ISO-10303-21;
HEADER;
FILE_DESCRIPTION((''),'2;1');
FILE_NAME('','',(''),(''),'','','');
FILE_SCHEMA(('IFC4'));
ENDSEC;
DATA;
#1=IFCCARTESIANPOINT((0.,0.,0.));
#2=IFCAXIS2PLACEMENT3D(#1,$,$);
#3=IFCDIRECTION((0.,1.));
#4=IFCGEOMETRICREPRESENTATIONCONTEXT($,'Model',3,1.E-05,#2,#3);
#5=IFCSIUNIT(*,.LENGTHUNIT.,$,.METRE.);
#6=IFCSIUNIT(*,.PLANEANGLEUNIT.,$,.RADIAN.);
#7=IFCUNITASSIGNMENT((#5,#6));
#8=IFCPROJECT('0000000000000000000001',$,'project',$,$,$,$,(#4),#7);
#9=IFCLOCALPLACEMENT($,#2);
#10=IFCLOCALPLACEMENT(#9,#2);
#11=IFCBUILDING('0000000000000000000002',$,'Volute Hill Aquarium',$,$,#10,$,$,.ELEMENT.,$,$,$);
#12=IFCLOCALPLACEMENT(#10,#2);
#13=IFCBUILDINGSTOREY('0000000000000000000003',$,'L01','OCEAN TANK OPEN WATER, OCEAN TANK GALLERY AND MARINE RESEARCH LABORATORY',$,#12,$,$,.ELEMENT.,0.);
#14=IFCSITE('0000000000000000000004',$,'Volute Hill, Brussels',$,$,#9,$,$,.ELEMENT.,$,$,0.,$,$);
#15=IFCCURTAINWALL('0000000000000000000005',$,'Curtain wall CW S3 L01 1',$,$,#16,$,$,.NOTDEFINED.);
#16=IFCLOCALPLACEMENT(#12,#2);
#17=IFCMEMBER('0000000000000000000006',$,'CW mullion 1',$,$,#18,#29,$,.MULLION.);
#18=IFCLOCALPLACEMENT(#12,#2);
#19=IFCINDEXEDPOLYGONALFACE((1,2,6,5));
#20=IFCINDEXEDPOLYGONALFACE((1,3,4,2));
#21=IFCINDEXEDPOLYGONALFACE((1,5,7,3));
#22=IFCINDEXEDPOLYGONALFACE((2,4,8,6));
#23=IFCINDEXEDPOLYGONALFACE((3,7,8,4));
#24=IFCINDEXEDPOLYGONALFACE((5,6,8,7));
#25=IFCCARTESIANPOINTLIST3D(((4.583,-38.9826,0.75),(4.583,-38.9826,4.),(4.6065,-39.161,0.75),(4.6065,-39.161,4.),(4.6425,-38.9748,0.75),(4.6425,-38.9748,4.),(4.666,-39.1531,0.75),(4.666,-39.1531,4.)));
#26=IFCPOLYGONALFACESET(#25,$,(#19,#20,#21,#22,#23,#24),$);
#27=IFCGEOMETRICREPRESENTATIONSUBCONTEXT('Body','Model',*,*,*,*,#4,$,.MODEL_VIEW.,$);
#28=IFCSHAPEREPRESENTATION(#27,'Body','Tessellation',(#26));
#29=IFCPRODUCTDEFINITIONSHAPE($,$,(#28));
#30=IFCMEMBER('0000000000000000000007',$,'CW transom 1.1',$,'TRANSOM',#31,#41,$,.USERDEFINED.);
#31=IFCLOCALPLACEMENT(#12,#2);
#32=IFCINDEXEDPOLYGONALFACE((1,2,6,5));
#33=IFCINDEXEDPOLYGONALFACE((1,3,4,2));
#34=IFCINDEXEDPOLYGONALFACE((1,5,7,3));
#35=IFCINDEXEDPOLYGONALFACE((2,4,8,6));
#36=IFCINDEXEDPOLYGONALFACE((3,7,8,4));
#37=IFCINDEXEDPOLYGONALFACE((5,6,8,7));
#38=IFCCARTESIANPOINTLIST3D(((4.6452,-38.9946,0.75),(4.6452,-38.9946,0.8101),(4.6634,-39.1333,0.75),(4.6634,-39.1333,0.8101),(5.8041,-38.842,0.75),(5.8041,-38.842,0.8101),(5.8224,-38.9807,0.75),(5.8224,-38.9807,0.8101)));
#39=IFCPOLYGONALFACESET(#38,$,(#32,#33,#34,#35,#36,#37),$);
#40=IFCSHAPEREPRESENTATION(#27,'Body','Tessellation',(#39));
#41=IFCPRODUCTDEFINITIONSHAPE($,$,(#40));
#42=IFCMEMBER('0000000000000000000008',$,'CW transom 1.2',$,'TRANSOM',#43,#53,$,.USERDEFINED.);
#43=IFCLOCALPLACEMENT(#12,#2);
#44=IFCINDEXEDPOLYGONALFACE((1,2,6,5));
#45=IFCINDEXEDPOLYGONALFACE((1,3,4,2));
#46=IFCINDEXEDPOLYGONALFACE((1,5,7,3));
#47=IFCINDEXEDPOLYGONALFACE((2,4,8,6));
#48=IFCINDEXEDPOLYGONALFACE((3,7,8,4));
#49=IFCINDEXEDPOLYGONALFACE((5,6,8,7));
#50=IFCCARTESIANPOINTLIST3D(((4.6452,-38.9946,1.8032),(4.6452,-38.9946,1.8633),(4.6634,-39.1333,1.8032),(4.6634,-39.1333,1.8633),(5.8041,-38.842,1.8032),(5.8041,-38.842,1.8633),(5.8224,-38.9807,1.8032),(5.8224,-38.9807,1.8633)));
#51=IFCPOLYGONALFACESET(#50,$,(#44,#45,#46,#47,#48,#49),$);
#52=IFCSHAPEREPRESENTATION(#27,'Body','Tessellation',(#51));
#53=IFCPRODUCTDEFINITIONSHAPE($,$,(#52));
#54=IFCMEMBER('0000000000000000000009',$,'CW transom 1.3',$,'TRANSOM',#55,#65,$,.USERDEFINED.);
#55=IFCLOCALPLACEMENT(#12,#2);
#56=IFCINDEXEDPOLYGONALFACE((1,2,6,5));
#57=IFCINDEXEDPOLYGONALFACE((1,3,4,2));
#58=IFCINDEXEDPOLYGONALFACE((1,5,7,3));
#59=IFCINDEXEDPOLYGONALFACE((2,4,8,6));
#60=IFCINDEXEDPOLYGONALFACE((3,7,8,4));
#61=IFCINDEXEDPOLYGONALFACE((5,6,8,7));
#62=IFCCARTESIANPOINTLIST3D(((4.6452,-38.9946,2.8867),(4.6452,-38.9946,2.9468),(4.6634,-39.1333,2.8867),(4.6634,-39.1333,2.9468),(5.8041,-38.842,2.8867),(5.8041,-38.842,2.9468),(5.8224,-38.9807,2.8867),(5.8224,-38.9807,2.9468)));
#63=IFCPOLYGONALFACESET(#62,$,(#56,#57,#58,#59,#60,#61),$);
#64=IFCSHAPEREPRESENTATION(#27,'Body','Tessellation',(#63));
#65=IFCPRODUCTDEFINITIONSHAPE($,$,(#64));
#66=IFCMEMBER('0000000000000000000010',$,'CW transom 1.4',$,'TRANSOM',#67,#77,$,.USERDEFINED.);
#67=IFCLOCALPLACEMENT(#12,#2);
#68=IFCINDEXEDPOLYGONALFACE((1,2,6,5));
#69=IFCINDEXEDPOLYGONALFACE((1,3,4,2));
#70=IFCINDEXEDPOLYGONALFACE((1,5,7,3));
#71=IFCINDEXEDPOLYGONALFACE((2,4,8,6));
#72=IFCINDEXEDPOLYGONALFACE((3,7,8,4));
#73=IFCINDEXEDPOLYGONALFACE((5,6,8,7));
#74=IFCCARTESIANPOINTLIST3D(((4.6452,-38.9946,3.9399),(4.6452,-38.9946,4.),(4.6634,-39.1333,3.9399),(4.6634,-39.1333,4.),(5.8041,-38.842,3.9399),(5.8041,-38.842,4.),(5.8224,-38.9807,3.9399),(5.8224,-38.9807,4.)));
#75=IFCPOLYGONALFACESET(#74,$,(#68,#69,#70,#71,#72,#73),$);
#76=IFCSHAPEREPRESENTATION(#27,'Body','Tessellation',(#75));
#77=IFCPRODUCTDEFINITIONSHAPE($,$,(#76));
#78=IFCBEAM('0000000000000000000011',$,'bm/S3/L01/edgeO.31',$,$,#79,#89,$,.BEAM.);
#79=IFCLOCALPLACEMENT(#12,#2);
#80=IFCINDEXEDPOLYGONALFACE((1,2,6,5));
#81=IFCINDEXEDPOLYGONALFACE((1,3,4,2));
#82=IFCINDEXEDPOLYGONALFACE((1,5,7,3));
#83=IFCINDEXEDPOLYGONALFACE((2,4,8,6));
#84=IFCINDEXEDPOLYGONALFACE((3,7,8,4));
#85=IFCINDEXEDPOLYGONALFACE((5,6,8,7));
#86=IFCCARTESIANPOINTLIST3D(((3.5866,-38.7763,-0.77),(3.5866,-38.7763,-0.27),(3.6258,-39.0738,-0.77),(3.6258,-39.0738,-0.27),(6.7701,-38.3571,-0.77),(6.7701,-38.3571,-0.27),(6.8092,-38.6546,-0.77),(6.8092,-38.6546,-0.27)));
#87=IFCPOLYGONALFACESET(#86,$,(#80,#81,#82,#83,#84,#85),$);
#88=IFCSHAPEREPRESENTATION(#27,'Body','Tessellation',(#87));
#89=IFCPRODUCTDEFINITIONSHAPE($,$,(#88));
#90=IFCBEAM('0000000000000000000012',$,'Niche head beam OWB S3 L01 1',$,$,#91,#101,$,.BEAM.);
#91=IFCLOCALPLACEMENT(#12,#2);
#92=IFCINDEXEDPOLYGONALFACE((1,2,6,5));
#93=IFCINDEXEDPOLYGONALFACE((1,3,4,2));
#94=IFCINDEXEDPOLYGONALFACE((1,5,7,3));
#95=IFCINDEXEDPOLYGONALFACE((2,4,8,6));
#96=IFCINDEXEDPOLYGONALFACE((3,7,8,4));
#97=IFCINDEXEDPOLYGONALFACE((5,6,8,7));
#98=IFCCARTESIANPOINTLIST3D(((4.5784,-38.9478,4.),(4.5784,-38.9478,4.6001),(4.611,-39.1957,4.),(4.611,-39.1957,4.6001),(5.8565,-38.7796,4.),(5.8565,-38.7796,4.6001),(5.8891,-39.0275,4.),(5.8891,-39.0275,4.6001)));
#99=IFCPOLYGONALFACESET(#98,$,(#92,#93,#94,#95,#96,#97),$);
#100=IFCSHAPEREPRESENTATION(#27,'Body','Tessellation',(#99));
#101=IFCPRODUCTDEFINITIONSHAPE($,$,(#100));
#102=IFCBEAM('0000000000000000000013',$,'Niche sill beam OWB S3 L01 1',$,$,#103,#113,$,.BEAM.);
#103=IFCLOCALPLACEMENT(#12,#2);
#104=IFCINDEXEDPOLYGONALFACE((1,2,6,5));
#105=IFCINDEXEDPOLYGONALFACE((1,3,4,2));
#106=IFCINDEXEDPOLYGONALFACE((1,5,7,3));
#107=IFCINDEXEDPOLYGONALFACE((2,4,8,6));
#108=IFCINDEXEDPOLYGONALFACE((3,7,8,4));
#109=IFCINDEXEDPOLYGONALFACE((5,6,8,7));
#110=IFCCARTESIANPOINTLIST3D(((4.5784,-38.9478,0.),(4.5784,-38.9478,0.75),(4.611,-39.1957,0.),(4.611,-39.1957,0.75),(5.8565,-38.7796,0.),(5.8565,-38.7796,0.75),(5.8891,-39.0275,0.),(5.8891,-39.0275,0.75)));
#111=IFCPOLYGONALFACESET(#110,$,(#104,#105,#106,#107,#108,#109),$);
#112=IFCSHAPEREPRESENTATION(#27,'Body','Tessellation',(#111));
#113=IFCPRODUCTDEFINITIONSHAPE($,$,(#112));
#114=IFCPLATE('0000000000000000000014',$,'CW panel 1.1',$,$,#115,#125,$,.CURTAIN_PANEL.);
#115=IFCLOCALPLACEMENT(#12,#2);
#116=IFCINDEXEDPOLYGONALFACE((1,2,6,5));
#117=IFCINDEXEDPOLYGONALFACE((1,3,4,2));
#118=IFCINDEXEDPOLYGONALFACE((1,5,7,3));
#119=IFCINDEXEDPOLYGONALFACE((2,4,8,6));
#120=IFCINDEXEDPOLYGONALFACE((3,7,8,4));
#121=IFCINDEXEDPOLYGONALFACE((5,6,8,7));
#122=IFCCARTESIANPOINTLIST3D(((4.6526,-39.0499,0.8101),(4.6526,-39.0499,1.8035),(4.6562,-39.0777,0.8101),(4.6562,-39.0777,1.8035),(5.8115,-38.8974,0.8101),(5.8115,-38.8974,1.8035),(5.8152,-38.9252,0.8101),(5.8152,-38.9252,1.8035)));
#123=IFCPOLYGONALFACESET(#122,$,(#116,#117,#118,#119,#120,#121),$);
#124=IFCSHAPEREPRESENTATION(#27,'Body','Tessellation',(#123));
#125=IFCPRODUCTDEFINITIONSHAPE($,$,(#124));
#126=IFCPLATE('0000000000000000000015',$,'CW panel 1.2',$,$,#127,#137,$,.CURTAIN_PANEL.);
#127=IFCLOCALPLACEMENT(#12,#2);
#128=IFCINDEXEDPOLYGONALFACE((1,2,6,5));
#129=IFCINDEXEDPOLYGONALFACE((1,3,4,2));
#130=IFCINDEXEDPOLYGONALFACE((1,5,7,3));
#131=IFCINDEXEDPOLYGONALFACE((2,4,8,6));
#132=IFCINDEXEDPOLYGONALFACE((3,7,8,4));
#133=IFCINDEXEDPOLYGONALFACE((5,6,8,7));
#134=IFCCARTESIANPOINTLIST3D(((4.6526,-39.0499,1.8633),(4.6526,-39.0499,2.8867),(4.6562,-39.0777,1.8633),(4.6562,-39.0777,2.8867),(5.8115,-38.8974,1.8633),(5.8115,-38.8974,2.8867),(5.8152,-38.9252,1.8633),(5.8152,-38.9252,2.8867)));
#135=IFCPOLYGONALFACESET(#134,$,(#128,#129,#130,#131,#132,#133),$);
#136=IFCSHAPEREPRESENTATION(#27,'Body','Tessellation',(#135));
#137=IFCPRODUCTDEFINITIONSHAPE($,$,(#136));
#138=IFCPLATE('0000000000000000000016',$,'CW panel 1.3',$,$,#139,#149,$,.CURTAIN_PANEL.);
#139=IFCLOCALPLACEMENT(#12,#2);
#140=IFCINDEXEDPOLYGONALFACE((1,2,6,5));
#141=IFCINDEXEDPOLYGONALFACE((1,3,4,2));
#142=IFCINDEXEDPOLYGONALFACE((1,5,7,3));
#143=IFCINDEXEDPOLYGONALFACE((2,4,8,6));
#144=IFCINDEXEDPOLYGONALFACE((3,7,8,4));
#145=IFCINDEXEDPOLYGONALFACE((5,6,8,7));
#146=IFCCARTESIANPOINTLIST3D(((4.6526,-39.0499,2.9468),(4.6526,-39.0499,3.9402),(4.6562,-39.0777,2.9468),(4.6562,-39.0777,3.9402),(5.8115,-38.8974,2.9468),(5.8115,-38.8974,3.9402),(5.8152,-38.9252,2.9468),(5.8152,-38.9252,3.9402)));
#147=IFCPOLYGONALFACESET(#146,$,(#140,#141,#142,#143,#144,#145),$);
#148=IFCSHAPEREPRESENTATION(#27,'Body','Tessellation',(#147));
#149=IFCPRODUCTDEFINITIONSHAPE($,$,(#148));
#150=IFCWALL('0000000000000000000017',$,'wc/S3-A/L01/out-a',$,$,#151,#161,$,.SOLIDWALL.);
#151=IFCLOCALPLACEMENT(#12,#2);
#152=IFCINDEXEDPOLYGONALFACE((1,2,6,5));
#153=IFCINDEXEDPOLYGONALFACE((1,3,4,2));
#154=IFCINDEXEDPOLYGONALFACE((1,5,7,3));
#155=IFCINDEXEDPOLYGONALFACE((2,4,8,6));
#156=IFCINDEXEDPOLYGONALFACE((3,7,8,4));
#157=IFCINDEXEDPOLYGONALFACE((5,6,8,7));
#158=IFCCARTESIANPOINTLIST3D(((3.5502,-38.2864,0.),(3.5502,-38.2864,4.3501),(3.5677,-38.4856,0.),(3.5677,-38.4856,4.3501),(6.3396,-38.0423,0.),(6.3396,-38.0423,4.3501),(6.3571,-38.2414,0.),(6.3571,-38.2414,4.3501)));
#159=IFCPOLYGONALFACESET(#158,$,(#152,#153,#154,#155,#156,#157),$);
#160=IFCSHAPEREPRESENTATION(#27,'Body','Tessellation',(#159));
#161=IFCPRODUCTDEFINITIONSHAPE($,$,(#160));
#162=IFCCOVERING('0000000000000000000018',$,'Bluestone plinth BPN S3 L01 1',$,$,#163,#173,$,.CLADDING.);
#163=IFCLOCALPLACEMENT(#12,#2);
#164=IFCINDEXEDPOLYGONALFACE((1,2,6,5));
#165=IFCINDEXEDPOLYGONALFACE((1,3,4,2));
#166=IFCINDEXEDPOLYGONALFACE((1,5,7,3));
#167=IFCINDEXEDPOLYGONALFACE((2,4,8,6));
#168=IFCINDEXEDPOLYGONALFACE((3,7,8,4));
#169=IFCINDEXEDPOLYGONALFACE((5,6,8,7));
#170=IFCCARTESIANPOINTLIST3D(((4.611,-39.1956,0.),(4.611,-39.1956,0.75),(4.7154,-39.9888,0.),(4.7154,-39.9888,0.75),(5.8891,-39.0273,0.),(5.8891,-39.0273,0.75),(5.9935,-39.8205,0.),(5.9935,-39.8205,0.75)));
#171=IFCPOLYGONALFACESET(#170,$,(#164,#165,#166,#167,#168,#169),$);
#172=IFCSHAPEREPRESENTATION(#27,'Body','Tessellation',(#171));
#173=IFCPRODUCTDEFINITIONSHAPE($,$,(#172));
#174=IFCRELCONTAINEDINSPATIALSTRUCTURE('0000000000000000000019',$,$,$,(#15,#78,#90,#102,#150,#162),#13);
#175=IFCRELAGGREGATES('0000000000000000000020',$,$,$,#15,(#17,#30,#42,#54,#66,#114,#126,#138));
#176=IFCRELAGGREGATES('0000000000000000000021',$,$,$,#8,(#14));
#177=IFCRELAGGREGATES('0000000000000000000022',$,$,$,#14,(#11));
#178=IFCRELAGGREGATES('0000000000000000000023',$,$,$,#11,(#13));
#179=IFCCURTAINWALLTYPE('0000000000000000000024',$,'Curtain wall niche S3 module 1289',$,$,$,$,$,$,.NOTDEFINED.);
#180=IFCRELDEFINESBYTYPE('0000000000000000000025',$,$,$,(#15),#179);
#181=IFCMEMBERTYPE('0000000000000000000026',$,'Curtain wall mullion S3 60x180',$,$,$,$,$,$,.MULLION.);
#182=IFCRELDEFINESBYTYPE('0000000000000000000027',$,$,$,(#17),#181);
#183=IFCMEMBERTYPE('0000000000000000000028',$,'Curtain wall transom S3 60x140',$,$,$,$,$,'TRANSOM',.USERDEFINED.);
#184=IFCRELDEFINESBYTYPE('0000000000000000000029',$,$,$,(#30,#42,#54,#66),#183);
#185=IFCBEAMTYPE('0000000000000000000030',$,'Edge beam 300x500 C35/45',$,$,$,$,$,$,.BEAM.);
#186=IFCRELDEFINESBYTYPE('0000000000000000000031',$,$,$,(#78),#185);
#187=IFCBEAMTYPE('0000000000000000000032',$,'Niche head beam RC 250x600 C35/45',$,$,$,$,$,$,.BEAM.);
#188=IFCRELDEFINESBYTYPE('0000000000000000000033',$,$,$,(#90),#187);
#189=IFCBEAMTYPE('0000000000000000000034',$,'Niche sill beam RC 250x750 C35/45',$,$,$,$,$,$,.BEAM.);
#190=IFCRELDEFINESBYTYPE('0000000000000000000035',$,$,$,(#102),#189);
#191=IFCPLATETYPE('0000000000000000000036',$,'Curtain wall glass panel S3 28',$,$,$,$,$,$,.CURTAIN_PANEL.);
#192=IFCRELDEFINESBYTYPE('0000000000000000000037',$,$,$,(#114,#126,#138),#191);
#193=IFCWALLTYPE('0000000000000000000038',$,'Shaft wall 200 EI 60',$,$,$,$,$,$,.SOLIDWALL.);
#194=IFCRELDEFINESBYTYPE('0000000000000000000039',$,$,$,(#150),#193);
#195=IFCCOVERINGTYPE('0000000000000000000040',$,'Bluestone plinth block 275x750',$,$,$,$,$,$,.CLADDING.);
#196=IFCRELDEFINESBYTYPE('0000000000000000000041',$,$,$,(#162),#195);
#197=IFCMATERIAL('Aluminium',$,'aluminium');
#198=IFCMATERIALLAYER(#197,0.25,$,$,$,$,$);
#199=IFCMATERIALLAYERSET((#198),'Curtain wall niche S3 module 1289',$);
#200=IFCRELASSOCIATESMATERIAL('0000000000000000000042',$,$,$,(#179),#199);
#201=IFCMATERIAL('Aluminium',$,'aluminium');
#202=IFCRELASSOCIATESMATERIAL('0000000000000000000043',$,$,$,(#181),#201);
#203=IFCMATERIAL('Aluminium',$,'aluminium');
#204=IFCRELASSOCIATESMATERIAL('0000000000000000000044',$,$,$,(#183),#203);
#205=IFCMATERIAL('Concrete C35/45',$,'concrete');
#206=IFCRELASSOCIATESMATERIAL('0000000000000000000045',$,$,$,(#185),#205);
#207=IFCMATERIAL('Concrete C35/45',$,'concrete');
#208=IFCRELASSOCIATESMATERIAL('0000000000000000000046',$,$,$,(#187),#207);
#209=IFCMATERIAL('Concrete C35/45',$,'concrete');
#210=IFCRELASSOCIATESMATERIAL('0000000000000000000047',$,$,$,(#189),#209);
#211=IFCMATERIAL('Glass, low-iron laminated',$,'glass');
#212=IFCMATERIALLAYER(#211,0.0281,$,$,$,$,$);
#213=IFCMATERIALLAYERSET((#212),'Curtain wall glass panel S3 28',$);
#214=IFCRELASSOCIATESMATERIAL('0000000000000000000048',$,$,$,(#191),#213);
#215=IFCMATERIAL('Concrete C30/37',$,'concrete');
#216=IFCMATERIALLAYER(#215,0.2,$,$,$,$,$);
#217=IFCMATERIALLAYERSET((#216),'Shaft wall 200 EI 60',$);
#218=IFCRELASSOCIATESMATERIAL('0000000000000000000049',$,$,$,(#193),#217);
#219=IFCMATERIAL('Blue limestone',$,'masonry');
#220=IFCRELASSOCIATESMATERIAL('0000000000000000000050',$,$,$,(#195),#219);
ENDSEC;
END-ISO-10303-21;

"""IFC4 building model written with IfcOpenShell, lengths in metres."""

from ifc_helpers import new_model, si_unit, direction, frame, frame_2d, origin, origin_2d, place, context, subcontext, project, spatial, rectangle, extrude, material, layer, layer_set, material_profile, profile_set, type_object, element, aggregate, save


model = new_model("IFC4")

# Units and contexts
model_context = context("Model", 3, precision=1e-05, world=origin(), true_north=direction((0.0, 1.0)))
body_context = subcontext(model_context, "Body", "Model", "MODEL_VIEW")
ifc_project = project(units=[si_unit("LENGTHUNIT", "METRE"), si_unit("PLANEANGLEUNIT", "RADIAN")], contexts=[model_context])

# Site, building, storey
site_placement = place(None, origin())
site = spatial("IfcSite", under=ifc_project, at=site_placement, Name="Volute Hill, Brussels", CompositionType="ELEMENT", RefElevation=0.0)
building_placement = place(site_placement, origin())
building = spatial("IfcBuilding", under=site, at=building_placement, Name="Volute Hill Aquarium", CompositionType="ELEMENT")
storey_placement = place(building_placement, origin())
storey = spatial("IfcBuildingStorey", under=building, at=storey_placement, Name="L01", Description="OCEAN TANK OPEN WATER, OCEAN TANK GALLERY AND MARINE RESEARCH LABORATORY", CompositionType="ELEMENT", Elevation=0.0)

# Curtain wall, members
ifc_material_1 = material(Name="Aluminium", Category="aluminium")
ifc_layer_1 = layer(ifc_material_1, 0.25)
ifc_layer_set_1 = layer_set([ifc_layer_1], Name="Curtain wall niche S3 module 1289")
curtain_wall_type = type_object("IfcCurtainWallType", Name="Curtain wall niche S3 module 1289", PredefinedType="NOTDEFINED", material=ifc_layer_set_1)
curtain_wall_placement = place(storey_placement, origin())
curtain_wall = element("IfcCurtainWall", 1, at=curtain_wall_placement, inside=storey, type_object=curtain_wall_type, Name="Curtain wall CW S3 L01 1", PredefinedType="NOTDEFINED")
ifc_material_2 = material(Name="Aluminium", Category="aluminium")
ifc_material_profile_1 = material_profile(ifc_material_2, rectangle(XDim=0.1799, YDim=0.0601, at=origin_2d()), Name="Curtain wall mullion S3 60x180")
ifc_profile_set_1 = profile_set([ifc_material_profile_1], Name="Aluminium")
member_type_1 = type_object("IfcMemberType", Name="Curtain wall mullion S3 60x180", PredefinedType="MULLION", material=ifc_profile_set_1)
member_1_placement = place(storey_placement, frame((4.6245, -39.0679, 0.75), z_axis=(0.0, 0.0, 1.0), x_axis=(-0.130506, 0.991447, 0.0)))
member_1 = element("IfcMember", 2, at=member_1_placement, type_object=member_type_1, Name="CW mullion 1", PredefinedType="MULLION", context=body_context, shape_type="SweptSolid", body=[
    extrude(rectangle(XDim=0.1799, YDim=0.0601, at=origin_2d()), origin(), (0.0, 0.0, 1.0), 3.25),
])
ifc_material_3 = material(Name="Aluminium", Category="aluminium")
ifc_material_profile_2 = material_profile(ifc_material_3, rectangle(XDim=0.1399, YDim=0.0601, at=origin_2d()), Name="Curtain wall transom S3 60x140")
ifc_profile_set_2 = profile_set([ifc_material_profile_2], Name="Aluminium")
member_type_2 = type_object("IfcMemberType", Name="Curtain wall transom S3 60x140", ElementType="TRANSOM", PredefinedType="USERDEFINED", material=ifc_profile_set_2)
member_2_placement = place(storey_placement, frame((4.6543, -39.064, 0.78), z_axis=(0.991444, 0.130536, 0.0), x_axis=(-0.130536, 0.991444, 0.0)))
member_2 = element("IfcMember", 3, at=member_2_placement, type_object=member_type_2, Name="CW transom 1.1", ObjectType="TRANSOM", PredefinedType="USERDEFINED", context=body_context, shape_type="SweptSolid", body=[
    extrude(rectangle(XDim=0.1399, YDim=0.0601, at=origin_2d()), origin(), (0.0, 0.0, 1.0), 1.1689),
])
member_3_placement = place(storey_placement, frame((4.6543, -39.064, 1.8333), z_axis=(0.991444, 0.130536, 0.0), x_axis=(-0.130536, 0.991444, 0.0)))
member_3 = element("IfcMember", 4, at=member_3_placement, type_object=member_type_2, Name="CW transom 1.2", ObjectType="TRANSOM", PredefinedType="USERDEFINED", context=body_context, shape_type="SweptSolid", body=[
    extrude(rectangle(XDim=0.1399, YDim=0.0601, at=origin_2d()), origin(), (0.0, 0.0, 1.0), 1.1689),
])
member_4_placement = place(storey_placement, frame((4.6543, -39.064, 2.9167), z_axis=(0.991444, 0.130536, 0.0), x_axis=(-0.130536, 0.991444, 0.0)))
member_4 = element("IfcMember", 5, at=member_4_placement, type_object=member_type_2, Name="CW transom 1.3", ObjectType="TRANSOM", PredefinedType="USERDEFINED", context=body_context, shape_type="SweptSolid", body=[
    extrude(rectangle(XDim=0.1399, YDim=0.0601, at=origin_2d()), origin(), (0.0, 0.0, 1.0), 1.1689),
])
member_5_placement = place(storey_placement, frame((4.6543, -39.064, 3.97), z_axis=(0.991444, 0.130536, 0.0), x_axis=(-0.130536, 0.991444, 0.0)))
member_5 = element("IfcMember", 6, at=member_5_placement, type_object=member_type_2, Name="CW transom 1.4", ObjectType="TRANSOM", PredefinedType="USERDEFINED", context=body_context, shape_type="SweptSolid", body=[
    extrude(rectangle(XDim=0.1399, YDim=0.0601, at=origin_2d()), origin(), (0.0, 0.0, 1.0), 1.1689),
])

# Beams
ifc_material_4 = material(Name="Concrete C35/45", Category="concrete")
ifc_material_profile_3 = material_profile(ifc_material_4, rectangle(XDim=0.3, YDim=0.5, at=origin_2d()), Name="RC edge beam 300x500")
ifc_profile_set_3 = profile_set([ifc_material_profile_3], Name="Concrete C35/45")
beam_type_1 = type_object("IfcBeamType", Name="Edge beam 300x500 C35/45", PredefinedType="BEAM", material=ifc_profile_set_3)
beam_1_placement = place(storey_placement, frame((3.6062, -38.925, -0.52), z_axis=(0.991441, 0.130555, 0.0), x_axis=(-0.130555, 0.991441, 0.0)))
element("IfcBeam", 7, at=beam_1_placement, inside=storey, type_object=beam_type_1, Name="bm/S3/L01/edgeO.31", PredefinedType="BEAM", context=body_context, shape_type="SweptSolid", body=[
    extrude(rectangle(XDim=0.3, YDim=0.5, at=origin_2d()), origin(), (0.0, 0.0, 1.0), 3.2109),
])
ifc_material_5 = material(Name="Concrete C35/45", Category="concrete")
ifc_material_profile_4 = material_profile(ifc_material_5, rectangle(XDim=0.25, YDim=0.6001, at=origin_2d()), Name="RC beam 250x600")
ifc_profile_set_4 = profile_set([ifc_material_profile_4], Name="Concrete C35/45")
beam_type_2 = type_object("IfcBeamType", Name="Niche head beam RC 250x600 C35/45", PredefinedType="BEAM", material=ifc_profile_set_4)
beam_2_placement = place(storey_placement, frame((4.5947, -39.0718, 4.3), z_axis=(0.99145, 0.130489, 0.0), x_axis=(-0.130489, 0.99145, 0.0)))
element("IfcBeam", 8, at=beam_2_placement, inside=storey, type_object=beam_type_2, Name="Niche head beam OWB S3 L01 1", PredefinedType="BEAM", context=body_context, shape_type="SweptSolid", body=[
    extrude(rectangle(XDim=0.25, YDim=0.6001, at=origin_2d()), origin(), (0.0, 0.0, 1.0), 1.2891),
])
ifc_material_6 = material(Name="Concrete C35/45", Category="concrete")
ifc_material_profile_5 = material_profile(ifc_material_6, rectangle(XDim=0.25, YDim=0.75, at=origin_2d()), Name="RC beam 250x750")
ifc_profile_set_5 = profile_set([ifc_material_profile_5], Name="Concrete C35/45")
beam_type_3 = type_object("IfcBeamType", Name="Niche sill beam RC 250x750 C35/45", PredefinedType="BEAM", material=ifc_profile_set_5)
beam_3_placement = place(storey_placement, frame((4.5947, -39.0718, 0.375), z_axis=(0.99145, 0.130489, 0.0), x_axis=(-0.130489, 0.99145, 0.0)))
element("IfcBeam", 9, at=beam_3_placement, inside=storey, type_object=beam_type_3, Name="Niche sill beam OWB S3 L01 1", PredefinedType="BEAM", context=body_context, shape_type="SweptSolid", body=[
    extrude(rectangle(XDim=0.25, YDim=0.75, at=origin_2d()), origin(), (0.0, 0.0, 1.0), 1.2891),
])

# Plates
ifc_material_7 = material(Name="Glass, low-iron laminated", Category="glass")
ifc_layer_2 = layer(ifc_material_7, 0.0281)
ifc_layer_set_2 = layer_set([ifc_layer_2], Name="Curtain wall glass panel S3 28")
plate_type = type_object("IfcPlateType", Name="Curtain wall glass panel S3 28", PredefinedType="CURTAIN_PANEL", material=ifc_layer_set_2)
plate_1_placement = place(storey_placement, frame((5.2339, -38.9875, 0.8101), z_axis=(0.0, 0.0, 1.0), x_axis=(0.991447, 0.130506, 0.0)))
plate_1 = element("IfcPlate", 10, at=plate_1_placement, type_object=plate_type, Name="CW panel 1.1", PredefinedType="CURTAIN_PANEL", context=body_context, shape_type="SweptSolid", body=[
    extrude(rectangle(XDim=1.1689, YDim=0.0281, at=origin_2d()), origin(), (0.0, 0.0, 1.0), 0.9934),
])
plate_2_placement = place(storey_placement, frame((5.2339, -38.9875, 1.8633), z_axis=(0.0, 0.0, 1.0), x_axis=(0.991447, 0.130506, 0.0)))
plate_2 = element("IfcPlate", 11, at=plate_2_placement, type_object=plate_type, Name="CW panel 1.2", PredefinedType="CURTAIN_PANEL", context=body_context, shape_type="SweptSolid", body=[
    extrude(rectangle(XDim=1.1689, YDim=0.0281, at=origin_2d()), origin(), (0.0, 0.0, 1.0), 1.0234),
])
plate_3_placement = place(storey_placement, frame((5.2339, -38.9875, 2.9468), z_axis=(0.0, 0.0, 1.0), x_axis=(0.991447, 0.130506, 0.0)))
plate_3 = element("IfcPlate", 12, at=plate_3_placement, type_object=plate_type, Name="CW panel 1.3", PredefinedType="CURTAIN_PANEL", context=body_context, shape_type="SweptSolid", body=[
    extrude(rectangle(XDim=1.1689, YDim=0.0281, at=origin_2d()), origin(), (0.0, 0.0, 1.0), 0.9934),
])
aggregate(curtain_wall, [member_1, member_2, member_3, member_4, member_5, plate_1, plate_2, plate_3])

# Wall
ifc_material_8 = material(Name="Concrete C30/37", Category="concrete")
ifc_layer_3 = layer(ifc_material_8, 0.2)
ifc_layer_set_3 = layer_set([ifc_layer_3], Name="Shaft wall 200 EI 60")
wall_type = type_object("IfcWallType", Name="Shaft wall 200 EI 60", PredefinedType="SOLIDWALL", material=ifc_layer_set_3)
wall_placement = place(storey_placement, frame((3.5591, -38.386, 0.0), z_axis=(0.0, 0.0, 1.0), x_axis=(0.996191, 0.087194, 0.0)))
element("IfcWall", 13, at=wall_placement, inside=storey, type_object=wall_type, Name="wc/S3-A/L01/out-a", PredefinedType="SOLIDWALL", context=body_context, shape_type="SweptSolid", body=[
    extrude(rectangle(XDim=2.8, YDim=0.2, at=frame_2d((1.3999, 0.0))), origin(), (0.0, 0.0, 1.0), 4.3501),
])

# Covering
ifc_material_9 = material(Name="Blue limestone", Category="masonry")
covering_type_1 = type_object("IfcCoveringType", Name="Bluestone plinth block 275x750", PredefinedType="CLADDING", material=ifc_material_9)
covering_1_placement = place(storey_placement, frame((5.3022, -39.5081, 0.0), z_axis=(0.0, 0.0, 1.0), x_axis=(0.991447, 0.130511, 0.0)))
element("IfcCovering", 14, at=covering_1_placement, inside=storey, type_object=covering_type_1, Name="Bluestone plinth BPN S3 L01 1", PredefinedType="CLADDING", context=body_context, shape_type="SweptSolid", body=[
    extrude(rectangle(XDim=1.2891, YDim=0.8, at=origin_2d()), origin(), (0.0, 0.0, 1.0), 0.75),
])

save(model, "model.ifc")
